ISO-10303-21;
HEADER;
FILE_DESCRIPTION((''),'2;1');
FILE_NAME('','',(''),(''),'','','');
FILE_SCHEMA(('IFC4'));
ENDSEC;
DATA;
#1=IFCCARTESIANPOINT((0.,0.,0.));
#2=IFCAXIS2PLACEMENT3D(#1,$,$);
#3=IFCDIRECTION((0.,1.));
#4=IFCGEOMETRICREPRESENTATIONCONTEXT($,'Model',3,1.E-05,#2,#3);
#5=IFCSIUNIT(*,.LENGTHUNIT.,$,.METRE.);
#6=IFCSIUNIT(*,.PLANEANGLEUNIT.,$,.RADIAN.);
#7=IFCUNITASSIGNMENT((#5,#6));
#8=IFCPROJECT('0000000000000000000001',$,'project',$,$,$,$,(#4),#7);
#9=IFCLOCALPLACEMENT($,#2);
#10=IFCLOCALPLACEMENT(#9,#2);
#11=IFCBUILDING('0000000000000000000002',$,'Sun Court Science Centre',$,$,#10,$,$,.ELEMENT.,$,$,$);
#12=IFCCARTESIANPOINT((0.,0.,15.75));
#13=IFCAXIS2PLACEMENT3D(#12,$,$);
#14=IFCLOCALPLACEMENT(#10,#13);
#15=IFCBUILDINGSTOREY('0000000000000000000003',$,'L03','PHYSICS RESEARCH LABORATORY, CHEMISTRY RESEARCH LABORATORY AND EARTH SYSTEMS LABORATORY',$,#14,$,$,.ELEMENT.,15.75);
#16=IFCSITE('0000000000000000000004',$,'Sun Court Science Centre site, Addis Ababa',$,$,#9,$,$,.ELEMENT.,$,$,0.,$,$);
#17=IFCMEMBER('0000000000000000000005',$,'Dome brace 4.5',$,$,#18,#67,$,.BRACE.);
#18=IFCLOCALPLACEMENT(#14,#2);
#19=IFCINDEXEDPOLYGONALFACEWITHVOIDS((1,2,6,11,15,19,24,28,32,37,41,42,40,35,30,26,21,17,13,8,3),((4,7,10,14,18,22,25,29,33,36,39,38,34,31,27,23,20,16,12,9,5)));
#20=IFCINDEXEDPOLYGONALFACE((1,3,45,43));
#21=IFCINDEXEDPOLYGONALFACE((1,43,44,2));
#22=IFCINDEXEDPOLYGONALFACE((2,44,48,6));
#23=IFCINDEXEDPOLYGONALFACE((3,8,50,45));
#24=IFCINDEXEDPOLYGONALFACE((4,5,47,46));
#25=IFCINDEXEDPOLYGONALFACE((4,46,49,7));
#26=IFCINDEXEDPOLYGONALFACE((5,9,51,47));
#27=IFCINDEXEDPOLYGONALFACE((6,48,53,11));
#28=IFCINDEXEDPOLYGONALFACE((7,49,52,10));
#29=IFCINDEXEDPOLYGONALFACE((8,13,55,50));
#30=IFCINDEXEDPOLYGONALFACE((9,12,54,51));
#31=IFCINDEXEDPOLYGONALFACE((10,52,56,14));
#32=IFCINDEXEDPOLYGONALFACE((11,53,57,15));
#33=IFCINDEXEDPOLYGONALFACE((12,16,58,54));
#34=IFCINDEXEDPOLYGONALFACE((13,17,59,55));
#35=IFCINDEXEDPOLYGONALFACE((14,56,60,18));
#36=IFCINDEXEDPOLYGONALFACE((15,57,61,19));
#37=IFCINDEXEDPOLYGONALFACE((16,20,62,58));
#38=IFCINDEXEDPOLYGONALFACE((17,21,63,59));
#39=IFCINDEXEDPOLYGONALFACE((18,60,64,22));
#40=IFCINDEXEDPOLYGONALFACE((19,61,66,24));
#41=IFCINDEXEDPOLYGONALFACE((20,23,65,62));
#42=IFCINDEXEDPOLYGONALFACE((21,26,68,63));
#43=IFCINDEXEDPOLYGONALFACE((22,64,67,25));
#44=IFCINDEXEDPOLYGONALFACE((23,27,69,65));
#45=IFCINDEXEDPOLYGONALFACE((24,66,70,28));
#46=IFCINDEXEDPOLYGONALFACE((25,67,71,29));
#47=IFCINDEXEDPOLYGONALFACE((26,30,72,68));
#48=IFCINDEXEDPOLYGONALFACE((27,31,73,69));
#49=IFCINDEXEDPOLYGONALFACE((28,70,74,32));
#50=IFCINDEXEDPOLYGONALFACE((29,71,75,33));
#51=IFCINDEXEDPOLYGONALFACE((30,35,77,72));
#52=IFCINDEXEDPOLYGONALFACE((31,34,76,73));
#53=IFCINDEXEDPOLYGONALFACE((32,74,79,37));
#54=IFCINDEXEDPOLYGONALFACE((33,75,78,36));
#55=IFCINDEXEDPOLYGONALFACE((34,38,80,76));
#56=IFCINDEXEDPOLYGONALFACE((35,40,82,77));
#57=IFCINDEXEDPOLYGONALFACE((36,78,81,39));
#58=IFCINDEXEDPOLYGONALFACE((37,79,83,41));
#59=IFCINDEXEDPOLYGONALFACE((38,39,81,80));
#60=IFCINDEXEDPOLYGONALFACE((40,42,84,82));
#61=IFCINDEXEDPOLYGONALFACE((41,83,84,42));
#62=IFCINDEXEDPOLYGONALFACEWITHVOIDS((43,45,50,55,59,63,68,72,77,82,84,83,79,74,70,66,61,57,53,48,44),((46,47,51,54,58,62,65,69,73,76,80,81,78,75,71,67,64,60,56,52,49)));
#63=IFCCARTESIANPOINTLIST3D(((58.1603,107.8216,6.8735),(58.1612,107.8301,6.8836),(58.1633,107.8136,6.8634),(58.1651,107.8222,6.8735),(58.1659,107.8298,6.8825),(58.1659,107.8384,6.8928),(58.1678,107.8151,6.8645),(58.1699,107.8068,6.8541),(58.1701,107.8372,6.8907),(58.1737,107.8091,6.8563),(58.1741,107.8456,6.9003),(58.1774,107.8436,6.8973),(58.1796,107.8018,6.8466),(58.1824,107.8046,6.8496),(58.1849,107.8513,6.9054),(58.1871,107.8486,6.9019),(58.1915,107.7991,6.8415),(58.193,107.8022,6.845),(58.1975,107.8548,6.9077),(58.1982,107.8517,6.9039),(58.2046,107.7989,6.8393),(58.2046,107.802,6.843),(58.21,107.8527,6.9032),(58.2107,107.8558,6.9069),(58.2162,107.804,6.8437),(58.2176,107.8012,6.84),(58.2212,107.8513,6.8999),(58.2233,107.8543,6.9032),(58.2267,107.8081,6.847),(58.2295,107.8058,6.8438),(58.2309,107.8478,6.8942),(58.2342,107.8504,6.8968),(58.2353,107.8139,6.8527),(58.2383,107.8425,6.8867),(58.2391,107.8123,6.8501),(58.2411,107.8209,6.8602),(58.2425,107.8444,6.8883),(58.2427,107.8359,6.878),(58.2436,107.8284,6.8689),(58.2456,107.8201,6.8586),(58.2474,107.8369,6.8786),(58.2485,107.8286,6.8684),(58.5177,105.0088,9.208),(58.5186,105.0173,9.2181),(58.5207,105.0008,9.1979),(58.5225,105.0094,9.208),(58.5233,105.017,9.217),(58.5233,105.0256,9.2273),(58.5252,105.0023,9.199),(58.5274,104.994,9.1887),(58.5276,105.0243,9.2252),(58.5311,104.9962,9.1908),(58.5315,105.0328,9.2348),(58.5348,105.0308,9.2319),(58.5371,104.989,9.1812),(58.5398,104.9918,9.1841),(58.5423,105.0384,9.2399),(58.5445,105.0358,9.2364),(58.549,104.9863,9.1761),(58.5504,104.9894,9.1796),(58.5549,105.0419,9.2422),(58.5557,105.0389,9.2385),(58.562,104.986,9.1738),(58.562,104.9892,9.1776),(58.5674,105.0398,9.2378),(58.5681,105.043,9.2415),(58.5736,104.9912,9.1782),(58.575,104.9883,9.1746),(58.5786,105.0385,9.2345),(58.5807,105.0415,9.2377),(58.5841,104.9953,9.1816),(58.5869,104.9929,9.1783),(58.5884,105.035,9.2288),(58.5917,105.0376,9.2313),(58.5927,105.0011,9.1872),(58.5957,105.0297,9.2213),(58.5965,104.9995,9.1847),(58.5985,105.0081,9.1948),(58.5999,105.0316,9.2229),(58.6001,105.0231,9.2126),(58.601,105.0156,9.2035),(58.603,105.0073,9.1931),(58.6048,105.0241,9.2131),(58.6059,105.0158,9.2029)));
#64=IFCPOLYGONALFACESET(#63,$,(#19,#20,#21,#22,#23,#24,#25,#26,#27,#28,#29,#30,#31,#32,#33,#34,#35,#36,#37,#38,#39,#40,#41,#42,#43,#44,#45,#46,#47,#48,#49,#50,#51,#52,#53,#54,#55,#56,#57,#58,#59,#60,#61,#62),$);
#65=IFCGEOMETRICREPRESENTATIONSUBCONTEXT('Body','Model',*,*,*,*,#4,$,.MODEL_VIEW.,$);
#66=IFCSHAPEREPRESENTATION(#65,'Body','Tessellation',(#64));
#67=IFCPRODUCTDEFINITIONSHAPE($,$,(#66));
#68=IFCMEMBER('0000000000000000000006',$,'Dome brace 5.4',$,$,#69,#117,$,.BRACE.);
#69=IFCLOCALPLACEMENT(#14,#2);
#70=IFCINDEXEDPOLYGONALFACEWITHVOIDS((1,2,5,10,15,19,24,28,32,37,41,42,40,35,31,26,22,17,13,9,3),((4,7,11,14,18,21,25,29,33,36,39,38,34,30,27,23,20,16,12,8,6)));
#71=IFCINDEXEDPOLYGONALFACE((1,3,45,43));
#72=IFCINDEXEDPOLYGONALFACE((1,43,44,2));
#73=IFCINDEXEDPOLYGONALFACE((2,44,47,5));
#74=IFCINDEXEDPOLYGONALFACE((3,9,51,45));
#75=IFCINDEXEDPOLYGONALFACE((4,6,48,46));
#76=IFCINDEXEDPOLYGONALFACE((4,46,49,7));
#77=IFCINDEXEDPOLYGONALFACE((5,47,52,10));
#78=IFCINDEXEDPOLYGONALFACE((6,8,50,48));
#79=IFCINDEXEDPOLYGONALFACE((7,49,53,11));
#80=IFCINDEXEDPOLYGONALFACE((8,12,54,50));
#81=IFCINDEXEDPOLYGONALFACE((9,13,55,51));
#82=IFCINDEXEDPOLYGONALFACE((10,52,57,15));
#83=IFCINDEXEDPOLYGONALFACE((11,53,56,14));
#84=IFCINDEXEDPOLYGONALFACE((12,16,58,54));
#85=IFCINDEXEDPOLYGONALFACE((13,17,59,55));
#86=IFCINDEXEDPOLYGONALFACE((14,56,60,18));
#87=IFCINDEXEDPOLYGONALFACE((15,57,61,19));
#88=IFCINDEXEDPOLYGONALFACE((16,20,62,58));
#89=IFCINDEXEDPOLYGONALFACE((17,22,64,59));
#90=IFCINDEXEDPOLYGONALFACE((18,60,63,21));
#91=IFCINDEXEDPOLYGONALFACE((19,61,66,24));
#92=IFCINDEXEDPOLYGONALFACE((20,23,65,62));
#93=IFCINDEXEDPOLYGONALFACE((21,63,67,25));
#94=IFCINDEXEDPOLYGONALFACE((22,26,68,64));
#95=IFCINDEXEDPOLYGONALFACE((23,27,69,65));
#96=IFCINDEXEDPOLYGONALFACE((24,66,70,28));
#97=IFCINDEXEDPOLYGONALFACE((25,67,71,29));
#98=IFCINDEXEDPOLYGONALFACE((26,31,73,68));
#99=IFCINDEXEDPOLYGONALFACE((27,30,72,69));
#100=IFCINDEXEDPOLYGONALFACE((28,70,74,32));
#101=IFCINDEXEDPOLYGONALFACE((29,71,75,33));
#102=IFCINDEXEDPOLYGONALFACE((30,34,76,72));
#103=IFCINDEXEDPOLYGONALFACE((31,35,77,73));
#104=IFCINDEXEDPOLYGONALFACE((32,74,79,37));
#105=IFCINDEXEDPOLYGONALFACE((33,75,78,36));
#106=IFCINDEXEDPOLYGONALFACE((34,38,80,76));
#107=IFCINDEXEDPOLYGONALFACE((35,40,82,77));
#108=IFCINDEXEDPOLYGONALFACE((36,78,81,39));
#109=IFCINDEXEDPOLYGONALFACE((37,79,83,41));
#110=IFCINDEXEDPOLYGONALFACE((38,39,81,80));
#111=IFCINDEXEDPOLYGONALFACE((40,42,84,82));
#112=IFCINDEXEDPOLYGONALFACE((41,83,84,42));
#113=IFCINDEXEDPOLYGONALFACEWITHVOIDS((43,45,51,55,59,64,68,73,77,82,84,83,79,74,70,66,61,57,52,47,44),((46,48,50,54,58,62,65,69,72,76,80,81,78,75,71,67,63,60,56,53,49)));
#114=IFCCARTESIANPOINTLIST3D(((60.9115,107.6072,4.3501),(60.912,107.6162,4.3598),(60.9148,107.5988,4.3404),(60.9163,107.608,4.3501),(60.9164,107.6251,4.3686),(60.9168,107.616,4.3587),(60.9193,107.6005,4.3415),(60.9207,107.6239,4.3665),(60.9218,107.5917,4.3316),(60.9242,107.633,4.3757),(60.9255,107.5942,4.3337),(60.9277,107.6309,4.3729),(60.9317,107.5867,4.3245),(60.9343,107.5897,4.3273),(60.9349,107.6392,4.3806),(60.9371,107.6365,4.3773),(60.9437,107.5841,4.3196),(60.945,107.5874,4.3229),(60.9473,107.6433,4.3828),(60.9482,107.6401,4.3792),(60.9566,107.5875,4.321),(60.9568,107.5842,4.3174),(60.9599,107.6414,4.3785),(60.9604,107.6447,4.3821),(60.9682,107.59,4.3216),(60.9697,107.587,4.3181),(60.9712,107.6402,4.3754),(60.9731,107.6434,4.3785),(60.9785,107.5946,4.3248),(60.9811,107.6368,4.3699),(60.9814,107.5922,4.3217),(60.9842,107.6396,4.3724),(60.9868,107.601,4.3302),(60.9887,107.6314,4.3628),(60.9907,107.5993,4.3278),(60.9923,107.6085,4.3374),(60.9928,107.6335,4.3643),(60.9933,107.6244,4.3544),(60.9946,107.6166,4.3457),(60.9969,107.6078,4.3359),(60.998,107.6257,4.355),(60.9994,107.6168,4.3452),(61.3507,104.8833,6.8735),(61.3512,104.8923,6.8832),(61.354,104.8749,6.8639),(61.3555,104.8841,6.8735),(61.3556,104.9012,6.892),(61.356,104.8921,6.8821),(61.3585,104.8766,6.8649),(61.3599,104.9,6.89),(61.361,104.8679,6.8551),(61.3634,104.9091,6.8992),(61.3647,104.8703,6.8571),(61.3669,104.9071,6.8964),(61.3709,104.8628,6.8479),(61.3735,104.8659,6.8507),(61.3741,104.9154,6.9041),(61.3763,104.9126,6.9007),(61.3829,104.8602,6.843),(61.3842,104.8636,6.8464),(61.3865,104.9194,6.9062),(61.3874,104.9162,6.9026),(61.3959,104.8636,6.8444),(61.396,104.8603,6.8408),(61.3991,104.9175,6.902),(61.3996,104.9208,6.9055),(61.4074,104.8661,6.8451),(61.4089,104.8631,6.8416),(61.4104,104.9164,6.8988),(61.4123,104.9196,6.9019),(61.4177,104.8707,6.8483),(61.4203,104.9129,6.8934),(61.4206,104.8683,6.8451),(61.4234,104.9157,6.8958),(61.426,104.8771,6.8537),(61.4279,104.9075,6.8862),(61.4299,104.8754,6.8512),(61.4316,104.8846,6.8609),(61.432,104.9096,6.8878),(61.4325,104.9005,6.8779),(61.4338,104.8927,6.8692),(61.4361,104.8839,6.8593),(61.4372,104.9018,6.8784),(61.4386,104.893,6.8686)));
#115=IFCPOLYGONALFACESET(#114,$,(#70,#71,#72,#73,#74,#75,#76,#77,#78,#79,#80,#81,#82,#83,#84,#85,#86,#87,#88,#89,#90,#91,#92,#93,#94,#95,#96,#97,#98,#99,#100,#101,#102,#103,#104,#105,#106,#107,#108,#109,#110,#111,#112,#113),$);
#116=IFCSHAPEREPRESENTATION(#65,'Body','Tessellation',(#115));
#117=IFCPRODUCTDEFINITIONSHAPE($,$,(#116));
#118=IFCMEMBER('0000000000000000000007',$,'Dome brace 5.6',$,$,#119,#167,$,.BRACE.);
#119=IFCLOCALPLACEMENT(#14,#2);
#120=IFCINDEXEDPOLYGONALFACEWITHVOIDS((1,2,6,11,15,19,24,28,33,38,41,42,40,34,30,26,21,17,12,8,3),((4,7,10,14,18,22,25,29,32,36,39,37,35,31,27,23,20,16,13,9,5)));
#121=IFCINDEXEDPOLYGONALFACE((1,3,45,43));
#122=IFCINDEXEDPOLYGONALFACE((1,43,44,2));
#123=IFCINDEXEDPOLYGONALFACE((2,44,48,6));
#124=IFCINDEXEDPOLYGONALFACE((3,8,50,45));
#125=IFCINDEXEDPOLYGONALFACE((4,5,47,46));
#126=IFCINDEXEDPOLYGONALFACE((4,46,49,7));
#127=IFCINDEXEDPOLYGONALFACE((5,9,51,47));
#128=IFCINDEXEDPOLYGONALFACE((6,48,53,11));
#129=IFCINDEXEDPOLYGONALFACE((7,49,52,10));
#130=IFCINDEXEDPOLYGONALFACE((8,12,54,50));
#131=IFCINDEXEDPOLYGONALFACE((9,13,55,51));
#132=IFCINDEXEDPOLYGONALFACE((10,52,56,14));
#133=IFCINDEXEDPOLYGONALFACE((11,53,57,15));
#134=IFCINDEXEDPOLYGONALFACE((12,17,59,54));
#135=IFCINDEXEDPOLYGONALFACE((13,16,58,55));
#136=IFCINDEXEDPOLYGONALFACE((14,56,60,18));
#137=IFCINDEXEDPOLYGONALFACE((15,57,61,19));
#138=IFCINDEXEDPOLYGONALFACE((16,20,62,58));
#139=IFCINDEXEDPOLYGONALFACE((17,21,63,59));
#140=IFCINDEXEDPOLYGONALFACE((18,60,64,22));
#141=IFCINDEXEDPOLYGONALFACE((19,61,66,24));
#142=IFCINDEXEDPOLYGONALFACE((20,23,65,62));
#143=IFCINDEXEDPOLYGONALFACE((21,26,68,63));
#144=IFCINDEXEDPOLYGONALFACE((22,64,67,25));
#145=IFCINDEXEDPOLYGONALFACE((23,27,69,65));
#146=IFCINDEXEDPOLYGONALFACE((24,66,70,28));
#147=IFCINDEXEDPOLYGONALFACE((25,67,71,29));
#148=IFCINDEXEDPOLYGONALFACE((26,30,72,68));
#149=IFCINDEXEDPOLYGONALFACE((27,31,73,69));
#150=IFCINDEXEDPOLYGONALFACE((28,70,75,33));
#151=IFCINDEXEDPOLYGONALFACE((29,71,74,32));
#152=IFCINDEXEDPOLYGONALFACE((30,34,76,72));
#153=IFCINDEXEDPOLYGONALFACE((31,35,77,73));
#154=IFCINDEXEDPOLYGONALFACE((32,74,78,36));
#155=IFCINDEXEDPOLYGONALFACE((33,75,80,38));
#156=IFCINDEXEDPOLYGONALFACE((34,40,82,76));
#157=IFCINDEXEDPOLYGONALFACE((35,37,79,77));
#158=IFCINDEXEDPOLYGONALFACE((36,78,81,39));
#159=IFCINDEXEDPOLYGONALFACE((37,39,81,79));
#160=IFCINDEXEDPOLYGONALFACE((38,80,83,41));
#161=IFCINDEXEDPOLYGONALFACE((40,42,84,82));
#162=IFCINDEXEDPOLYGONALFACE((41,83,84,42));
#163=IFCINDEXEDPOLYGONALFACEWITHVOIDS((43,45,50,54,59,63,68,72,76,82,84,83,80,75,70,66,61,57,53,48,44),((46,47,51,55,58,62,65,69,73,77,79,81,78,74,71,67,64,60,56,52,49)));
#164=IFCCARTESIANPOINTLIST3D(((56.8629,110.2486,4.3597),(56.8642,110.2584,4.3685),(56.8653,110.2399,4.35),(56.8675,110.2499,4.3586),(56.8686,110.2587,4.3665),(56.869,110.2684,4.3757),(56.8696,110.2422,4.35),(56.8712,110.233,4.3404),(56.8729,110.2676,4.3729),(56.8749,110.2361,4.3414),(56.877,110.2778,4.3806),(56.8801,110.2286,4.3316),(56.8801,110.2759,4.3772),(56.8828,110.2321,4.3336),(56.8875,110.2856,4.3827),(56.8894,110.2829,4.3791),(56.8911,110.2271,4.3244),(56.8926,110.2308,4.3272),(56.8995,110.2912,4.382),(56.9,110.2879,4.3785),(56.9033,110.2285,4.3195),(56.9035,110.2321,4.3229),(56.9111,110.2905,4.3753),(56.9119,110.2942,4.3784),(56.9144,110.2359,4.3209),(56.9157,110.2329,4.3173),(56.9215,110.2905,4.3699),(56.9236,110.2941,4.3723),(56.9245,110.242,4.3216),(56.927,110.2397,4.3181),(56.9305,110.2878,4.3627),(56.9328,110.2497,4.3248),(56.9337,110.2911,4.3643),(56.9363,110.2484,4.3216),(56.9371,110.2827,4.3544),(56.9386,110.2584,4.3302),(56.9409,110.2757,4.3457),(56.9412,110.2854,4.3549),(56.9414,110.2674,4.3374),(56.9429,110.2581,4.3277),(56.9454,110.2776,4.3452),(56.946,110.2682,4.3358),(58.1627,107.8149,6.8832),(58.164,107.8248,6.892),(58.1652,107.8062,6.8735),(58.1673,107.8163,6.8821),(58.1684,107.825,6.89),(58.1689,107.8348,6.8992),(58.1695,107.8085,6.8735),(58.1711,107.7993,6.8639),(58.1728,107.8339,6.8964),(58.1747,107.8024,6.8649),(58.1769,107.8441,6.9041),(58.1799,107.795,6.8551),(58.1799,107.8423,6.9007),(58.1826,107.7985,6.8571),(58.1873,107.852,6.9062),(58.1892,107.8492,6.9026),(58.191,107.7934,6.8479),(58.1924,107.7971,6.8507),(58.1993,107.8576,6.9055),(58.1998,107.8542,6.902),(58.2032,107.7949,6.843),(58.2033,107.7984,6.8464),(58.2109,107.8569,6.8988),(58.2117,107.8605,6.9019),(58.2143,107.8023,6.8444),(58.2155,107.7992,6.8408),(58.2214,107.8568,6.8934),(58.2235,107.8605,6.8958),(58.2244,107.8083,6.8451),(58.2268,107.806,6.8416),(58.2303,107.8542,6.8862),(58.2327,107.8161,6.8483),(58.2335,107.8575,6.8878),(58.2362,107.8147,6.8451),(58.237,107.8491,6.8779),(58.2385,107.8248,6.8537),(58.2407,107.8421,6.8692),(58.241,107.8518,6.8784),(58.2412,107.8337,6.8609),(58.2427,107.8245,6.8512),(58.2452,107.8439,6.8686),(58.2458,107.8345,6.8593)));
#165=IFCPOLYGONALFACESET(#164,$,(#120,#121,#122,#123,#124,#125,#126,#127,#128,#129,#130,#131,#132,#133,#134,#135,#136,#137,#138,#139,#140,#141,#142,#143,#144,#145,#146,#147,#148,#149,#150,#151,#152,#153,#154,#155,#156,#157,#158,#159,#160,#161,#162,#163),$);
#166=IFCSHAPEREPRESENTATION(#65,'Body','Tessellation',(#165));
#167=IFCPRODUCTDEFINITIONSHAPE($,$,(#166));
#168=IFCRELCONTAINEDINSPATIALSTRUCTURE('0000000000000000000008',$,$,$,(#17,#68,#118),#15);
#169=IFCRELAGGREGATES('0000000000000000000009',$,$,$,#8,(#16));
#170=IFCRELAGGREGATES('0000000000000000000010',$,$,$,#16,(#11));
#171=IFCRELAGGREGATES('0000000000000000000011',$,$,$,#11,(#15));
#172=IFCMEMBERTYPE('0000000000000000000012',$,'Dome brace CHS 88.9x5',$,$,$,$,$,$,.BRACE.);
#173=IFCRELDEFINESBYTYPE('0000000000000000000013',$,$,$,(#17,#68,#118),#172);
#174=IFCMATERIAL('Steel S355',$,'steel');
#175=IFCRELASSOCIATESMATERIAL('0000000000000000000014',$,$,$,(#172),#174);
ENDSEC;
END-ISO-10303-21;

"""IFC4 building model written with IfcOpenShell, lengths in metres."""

from ifc_helpers import new_model, si_unit, direction, frame, origin, origin_2d, place, context, subcontext, project, spatial, hollow_circle, extrude, material, material_profile, profile_set, type_object, element, save


model = new_model("IFC4")

# Units and contexts
model_context = context("Model", 3, precision=1e-05, world=origin(), true_north=direction((0.0, 1.0)))
body_context = subcontext(model_context, "Body", "Model", "MODEL_VIEW")
ifc_project = project(units=[si_unit("LENGTHUNIT", "METRE"), si_unit("PLANEANGLEUNIT", "RADIAN")], contexts=[model_context])

# Site, building, storey
site_placement = place(None, origin())
site = spatial("IfcSite", under=ifc_project, at=site_placement, Name="Sun Court Science Centre site, Addis Ababa", CompositionType="ELEMENT", RefElevation=0.0)
building_placement = place(site_placement, origin())
building = spatial("IfcBuilding", under=site, at=building_placement, Name="Sun Court Science Centre", CompositionType="ELEMENT")
storey_placement = place(building_placement, frame((0.0, 0.0, 15.75)))
storey = spatial("IfcBuildingStorey", under=building, at=storey_placement, Name="L03", Description="PHYSICS RESEARCH LABORATORY, CHEMISTRY RESEARCH LABORATORY AND EARTH SYSTEMS LABORATORY", CompositionType="ELEMENT", Elevation=15.75)

# Members
ifc_material_1 = material(Name="Steel S355", Category="steel")
ifc_material_profile_1 = material_profile(ifc_material_1, hollow_circle(Radius=0.0444, WallThickness=0.0049, at=origin_2d()), Name="CHS 88.9x5")
ifc_profile_set_1 = profile_set([ifc_material_profile_1], Name="Steel S355")
member_type_1 = type_object("IfcMemberType", Name="Dome brace CHS 88.9x5", PredefinedType="BRACE", material=ifc_profile_set_1)
member_1_placement = place(storey_placement, frame((58.5618, 105.0144, 9.208), z_axis=(-0.097317, 0.765843, -0.635621), x_axis=(-0.992023, -0.126059, 0.0)))
element("IfcMember", 1, at=member_1_placement, inside=storey, type_object=member_type_1, Name="Dome brace 4.5", PredefinedType="BRACE", context=body_context, shape_type="SweptSolid", body=[
    extrude(hollow_circle(Radius=0.0444, WallThickness=0.0049, at=origin_2d()), origin(), (0.0, 0.0, 1.0), 3.6729),
])
for number, where, z_axis, x_axis, name in (
    (2, (61.3945, 104.8904, 6.8735), (-0.117467, 0.728503, -0.674896), (-0.987248, -0.159188, 0.0), "Dome brace 5.4"),
    (3, (58.2043, 107.8271, 6.8735), (-0.347641, 0.650879, -0.674909), (-0.882069, -0.471121, 0.0), "Dome brace 5.6"),
):
    element("IfcMember", number, at=place(storey_placement, frame(where, z_axis=z_axis, x_axis=x_axis)), inside=storey, type_object=member_type_1, Name=name, PredefinedType="BRACE", context=body_context, shape_type="SweptSolid", body=[
        extrude(hollow_circle(Radius=0.0444, WallThickness=0.0049, at=origin_2d()), origin(), (0.0, 0.0, 1.0), 3.739),
    ])

save(model, "model.ifc")
